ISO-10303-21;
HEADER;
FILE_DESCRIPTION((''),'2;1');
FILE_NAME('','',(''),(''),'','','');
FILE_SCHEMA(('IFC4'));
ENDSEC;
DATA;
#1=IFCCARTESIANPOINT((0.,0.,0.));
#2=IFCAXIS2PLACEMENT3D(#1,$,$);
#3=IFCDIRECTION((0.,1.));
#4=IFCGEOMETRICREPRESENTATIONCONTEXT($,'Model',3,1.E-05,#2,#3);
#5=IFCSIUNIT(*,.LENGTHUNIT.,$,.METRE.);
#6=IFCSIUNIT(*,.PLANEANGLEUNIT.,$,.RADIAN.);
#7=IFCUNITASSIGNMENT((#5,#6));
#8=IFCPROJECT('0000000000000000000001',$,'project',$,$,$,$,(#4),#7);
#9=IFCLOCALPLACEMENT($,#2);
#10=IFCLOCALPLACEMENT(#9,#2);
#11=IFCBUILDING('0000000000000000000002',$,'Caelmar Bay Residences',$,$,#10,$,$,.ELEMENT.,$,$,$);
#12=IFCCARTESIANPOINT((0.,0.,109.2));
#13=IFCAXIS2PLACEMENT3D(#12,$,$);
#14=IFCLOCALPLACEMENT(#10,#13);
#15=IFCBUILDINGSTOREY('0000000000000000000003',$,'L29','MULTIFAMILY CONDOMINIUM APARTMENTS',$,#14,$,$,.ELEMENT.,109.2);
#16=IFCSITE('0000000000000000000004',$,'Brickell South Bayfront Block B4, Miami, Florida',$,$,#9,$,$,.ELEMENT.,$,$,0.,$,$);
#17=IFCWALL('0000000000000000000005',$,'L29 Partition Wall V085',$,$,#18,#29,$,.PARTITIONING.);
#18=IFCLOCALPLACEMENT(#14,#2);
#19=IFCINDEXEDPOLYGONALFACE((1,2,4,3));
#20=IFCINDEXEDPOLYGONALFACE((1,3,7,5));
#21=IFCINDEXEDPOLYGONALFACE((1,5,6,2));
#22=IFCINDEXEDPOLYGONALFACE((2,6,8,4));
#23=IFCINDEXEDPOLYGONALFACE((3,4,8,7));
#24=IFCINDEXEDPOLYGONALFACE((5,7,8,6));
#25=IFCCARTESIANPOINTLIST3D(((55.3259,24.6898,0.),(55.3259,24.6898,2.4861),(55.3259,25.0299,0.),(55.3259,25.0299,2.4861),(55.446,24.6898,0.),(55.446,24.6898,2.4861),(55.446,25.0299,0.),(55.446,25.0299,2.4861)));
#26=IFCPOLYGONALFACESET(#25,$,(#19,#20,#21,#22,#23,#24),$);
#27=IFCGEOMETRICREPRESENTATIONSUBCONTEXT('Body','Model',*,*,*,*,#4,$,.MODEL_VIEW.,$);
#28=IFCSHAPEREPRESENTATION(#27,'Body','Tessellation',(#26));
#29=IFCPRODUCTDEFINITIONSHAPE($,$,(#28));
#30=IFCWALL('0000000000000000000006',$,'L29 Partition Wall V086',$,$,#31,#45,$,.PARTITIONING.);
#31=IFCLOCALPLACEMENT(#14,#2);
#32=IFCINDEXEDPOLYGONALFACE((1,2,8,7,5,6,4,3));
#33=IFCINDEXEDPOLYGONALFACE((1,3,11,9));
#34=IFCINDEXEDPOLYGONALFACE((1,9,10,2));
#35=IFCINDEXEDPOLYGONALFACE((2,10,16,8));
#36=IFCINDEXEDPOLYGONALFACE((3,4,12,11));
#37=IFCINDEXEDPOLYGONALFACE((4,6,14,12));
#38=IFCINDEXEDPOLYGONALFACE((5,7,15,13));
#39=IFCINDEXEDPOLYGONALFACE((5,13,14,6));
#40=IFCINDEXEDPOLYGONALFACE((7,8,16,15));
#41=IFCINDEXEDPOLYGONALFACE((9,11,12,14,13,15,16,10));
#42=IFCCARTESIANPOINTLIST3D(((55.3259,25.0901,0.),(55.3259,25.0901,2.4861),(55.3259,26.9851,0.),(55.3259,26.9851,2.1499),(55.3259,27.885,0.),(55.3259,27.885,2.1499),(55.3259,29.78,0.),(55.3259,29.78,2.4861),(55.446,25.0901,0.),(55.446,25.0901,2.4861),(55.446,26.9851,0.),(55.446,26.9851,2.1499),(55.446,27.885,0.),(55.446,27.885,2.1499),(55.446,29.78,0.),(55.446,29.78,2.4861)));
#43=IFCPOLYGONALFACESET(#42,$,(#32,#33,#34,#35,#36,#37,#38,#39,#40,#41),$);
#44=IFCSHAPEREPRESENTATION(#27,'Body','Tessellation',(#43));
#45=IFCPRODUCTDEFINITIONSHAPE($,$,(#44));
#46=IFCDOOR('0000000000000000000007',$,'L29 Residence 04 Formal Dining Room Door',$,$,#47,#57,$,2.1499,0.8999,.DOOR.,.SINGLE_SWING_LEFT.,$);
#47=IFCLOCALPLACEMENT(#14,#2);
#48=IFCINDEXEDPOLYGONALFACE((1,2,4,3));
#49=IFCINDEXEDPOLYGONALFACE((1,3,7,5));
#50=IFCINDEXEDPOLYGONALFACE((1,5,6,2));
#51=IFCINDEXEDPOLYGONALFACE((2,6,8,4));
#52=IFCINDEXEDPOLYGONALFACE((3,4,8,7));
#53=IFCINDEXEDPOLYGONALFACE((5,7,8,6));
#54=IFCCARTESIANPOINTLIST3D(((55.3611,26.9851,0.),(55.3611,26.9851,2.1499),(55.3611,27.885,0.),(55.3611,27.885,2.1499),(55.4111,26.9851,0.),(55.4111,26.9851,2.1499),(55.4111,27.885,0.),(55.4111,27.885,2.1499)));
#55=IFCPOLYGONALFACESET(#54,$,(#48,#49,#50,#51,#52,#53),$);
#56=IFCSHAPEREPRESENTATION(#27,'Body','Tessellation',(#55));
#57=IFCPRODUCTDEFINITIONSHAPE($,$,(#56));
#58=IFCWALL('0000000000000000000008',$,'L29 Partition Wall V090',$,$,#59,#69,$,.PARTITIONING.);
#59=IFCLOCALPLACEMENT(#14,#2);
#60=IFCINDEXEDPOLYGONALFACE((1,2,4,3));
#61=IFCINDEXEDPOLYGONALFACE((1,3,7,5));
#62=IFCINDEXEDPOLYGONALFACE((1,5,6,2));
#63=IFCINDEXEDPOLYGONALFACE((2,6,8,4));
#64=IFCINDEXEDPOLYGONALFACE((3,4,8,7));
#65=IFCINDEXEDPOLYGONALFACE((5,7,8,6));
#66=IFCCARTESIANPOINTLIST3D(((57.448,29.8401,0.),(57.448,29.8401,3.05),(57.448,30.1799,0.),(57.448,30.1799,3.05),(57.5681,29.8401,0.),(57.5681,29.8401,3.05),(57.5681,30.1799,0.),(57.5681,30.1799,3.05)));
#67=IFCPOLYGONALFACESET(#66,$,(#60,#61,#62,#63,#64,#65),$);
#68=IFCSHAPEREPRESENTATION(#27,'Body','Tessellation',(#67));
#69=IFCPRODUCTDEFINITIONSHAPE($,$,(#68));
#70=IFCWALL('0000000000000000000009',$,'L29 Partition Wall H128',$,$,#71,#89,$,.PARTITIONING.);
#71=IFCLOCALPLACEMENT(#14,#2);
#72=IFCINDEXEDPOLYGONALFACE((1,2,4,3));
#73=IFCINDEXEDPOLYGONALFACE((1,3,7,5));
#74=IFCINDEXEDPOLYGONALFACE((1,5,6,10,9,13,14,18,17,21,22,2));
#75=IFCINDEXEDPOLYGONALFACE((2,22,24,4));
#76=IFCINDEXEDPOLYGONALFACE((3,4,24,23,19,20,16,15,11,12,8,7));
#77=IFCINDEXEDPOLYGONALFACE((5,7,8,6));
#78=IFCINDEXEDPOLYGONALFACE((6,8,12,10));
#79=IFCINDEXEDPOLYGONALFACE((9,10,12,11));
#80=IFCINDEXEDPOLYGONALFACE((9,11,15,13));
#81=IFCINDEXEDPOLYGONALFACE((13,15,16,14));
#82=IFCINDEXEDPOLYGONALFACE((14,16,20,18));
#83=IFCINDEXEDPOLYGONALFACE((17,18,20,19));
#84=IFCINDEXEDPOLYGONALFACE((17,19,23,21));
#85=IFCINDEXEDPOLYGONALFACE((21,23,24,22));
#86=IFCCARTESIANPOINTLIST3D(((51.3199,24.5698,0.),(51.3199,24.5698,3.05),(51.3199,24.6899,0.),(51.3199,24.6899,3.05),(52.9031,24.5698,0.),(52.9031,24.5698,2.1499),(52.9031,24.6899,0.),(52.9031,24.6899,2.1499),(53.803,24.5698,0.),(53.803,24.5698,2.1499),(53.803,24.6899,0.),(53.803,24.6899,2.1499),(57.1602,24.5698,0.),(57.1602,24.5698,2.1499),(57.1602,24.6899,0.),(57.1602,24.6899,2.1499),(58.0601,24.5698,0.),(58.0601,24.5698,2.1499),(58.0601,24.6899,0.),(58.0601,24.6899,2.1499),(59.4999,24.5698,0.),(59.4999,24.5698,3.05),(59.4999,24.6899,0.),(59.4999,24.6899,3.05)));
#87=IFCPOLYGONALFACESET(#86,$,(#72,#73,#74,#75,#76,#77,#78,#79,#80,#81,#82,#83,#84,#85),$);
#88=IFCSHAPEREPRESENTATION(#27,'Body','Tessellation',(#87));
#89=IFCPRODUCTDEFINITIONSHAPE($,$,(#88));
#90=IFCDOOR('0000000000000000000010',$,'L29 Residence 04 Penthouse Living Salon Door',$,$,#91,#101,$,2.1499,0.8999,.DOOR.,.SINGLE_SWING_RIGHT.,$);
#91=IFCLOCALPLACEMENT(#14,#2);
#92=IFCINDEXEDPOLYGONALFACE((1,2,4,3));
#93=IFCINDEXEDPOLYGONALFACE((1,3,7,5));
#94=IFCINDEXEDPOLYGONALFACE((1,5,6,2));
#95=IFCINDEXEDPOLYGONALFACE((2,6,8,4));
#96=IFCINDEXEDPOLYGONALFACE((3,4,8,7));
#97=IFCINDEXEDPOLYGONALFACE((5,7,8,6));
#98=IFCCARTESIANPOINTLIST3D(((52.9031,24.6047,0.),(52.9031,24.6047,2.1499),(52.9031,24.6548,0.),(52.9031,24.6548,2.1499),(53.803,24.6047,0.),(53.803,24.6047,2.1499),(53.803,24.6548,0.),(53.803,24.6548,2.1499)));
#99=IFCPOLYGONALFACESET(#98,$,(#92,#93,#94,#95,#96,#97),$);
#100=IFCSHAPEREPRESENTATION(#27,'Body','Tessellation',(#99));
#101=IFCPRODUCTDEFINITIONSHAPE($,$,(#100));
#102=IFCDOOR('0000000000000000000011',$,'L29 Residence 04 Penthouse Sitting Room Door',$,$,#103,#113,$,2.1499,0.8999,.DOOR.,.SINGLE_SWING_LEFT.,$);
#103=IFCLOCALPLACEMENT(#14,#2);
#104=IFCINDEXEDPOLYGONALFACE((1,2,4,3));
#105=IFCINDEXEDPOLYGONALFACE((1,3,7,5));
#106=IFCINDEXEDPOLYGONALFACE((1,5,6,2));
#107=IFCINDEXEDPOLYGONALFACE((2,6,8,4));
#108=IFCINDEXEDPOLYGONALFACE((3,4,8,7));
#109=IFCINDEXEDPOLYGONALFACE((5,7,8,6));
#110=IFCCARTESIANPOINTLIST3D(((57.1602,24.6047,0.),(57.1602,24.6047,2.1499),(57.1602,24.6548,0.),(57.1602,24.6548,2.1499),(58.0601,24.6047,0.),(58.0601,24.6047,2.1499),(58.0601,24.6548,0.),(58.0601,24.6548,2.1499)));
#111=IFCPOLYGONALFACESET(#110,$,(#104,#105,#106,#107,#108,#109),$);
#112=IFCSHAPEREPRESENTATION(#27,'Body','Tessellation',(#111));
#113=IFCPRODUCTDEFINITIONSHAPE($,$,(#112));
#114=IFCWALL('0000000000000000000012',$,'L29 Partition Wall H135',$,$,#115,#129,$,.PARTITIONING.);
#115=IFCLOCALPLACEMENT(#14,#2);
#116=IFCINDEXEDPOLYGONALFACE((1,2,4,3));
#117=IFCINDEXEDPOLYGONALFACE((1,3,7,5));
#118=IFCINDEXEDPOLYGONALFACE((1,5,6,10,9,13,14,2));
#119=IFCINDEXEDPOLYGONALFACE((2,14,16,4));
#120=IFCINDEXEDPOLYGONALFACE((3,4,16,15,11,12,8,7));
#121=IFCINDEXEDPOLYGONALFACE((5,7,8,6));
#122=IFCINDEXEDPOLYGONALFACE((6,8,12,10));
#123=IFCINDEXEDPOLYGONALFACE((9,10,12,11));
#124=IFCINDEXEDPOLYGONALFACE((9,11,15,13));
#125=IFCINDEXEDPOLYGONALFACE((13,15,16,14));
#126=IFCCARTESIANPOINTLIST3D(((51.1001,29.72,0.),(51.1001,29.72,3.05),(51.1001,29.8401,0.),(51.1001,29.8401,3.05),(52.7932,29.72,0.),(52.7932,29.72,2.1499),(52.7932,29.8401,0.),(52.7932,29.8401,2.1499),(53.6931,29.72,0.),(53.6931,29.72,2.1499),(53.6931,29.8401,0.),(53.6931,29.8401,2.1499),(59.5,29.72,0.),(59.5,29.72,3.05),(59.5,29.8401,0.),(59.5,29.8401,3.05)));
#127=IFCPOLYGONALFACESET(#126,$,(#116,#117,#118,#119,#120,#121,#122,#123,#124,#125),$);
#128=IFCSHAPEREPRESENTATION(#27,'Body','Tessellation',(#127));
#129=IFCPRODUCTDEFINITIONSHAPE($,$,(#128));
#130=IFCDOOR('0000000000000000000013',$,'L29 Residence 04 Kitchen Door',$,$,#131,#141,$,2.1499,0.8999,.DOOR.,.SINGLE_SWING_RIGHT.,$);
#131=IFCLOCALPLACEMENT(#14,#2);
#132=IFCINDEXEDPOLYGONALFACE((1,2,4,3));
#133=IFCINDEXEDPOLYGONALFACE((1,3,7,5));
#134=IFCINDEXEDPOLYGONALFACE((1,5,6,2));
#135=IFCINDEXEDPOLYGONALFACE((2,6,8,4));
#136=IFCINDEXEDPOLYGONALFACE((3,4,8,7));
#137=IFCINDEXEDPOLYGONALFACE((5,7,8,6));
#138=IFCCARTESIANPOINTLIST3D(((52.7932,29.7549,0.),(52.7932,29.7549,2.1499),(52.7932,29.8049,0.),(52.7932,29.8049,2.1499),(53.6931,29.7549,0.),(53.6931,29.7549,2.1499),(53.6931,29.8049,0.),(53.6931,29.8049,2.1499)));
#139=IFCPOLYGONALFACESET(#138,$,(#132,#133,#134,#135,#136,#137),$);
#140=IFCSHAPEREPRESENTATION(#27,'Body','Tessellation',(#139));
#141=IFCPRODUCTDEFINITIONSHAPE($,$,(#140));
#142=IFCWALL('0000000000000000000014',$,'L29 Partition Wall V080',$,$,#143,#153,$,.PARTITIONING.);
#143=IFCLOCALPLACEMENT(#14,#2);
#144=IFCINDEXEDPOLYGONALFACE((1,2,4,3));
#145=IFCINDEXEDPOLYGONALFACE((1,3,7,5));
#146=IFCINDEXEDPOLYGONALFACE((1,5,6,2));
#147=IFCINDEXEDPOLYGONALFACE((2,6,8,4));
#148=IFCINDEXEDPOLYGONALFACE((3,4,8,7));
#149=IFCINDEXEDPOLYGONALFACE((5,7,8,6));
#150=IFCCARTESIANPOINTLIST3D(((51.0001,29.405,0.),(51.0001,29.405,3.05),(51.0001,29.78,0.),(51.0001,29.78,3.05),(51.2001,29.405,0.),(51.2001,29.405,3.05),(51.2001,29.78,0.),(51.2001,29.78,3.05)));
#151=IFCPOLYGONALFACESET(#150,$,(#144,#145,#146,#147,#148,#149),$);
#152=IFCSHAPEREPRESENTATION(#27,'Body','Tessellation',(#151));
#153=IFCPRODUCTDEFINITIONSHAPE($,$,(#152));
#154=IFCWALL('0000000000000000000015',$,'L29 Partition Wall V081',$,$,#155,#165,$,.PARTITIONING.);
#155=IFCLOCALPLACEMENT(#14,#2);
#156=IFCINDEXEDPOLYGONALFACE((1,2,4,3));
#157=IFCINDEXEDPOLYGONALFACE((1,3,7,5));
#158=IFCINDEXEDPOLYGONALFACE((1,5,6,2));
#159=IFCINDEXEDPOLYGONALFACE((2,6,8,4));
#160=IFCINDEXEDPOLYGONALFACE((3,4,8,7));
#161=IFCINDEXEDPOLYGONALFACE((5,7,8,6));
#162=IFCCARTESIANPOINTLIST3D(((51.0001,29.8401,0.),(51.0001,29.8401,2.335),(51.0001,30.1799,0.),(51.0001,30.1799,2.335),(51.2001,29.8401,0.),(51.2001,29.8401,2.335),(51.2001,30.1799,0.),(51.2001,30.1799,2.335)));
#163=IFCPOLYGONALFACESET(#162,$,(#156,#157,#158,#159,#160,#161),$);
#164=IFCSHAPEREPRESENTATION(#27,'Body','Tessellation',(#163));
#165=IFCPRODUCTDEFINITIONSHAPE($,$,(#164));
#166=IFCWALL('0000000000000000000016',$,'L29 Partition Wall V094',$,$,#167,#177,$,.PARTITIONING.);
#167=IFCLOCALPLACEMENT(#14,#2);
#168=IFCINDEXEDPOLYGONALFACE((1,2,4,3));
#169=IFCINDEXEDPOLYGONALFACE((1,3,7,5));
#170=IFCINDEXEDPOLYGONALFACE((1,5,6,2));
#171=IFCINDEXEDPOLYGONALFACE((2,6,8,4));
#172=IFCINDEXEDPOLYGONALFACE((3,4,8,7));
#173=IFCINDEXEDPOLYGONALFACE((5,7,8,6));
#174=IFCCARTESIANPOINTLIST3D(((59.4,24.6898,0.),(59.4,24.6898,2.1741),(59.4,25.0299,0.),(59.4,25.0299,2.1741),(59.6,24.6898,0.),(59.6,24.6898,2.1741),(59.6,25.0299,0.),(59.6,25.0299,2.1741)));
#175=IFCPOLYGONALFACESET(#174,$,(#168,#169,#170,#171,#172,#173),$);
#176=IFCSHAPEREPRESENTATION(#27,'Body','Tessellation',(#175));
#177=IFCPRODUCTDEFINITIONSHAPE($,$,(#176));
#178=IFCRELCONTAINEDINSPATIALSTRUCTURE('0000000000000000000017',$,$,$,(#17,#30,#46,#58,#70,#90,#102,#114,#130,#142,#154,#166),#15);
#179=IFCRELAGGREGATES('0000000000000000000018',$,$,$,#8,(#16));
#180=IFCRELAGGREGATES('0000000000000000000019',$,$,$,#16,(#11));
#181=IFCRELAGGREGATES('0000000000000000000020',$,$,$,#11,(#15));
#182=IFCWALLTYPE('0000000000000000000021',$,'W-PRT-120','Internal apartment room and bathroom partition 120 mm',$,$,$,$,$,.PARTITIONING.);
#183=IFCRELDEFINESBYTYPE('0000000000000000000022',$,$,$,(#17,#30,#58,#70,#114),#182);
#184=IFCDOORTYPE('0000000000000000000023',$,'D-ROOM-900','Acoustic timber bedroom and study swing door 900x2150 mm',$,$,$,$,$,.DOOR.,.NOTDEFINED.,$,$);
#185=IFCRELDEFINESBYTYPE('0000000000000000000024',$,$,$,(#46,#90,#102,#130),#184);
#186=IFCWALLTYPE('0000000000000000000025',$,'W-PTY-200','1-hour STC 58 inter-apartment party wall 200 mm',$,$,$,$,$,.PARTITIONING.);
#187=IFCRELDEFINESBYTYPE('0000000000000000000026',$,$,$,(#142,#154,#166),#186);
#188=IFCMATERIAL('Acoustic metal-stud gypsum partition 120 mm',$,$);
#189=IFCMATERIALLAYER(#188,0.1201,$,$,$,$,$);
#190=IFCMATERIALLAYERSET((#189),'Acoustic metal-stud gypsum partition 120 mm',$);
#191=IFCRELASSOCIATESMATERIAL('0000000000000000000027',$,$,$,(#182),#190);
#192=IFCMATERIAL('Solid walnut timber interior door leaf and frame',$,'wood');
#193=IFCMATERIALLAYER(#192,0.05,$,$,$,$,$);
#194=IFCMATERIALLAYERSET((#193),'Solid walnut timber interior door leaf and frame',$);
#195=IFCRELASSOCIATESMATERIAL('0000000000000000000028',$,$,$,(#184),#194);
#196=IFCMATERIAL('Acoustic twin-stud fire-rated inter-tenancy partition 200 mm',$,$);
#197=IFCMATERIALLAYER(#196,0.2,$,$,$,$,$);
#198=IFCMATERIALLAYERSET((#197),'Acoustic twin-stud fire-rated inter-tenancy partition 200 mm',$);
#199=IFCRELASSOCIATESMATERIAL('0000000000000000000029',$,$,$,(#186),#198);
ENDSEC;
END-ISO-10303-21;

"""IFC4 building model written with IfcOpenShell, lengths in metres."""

from ifc_helpers import new_model, si_unit, direction, frame, frame_2d, origin, place, context, subcontext, project, spatial, rectangle, extrude, material, layer, layer_set, type_object, element, fill, save


model = new_model("IFC4")

# Units and contexts
model_context = context("Model", 3, precision=1e-05, world=origin(), true_north=direction((0.0, 1.0)))
body_context = subcontext(model_context, "Body", "Model", "MODEL_VIEW")
ifc_project = project(units=[si_unit("LENGTHUNIT", "METRE"), si_unit("PLANEANGLEUNIT", "RADIAN")], contexts=[model_context])

# Site, building, storey
site_placement = place(None, origin())
site = spatial("IfcSite", under=ifc_project, at=site_placement, Name="Brickell South Bayfront Block B4, Miami, Florida", CompositionType="ELEMENT", RefElevation=0.0)
building_placement = place(site_placement, origin())
building = spatial("IfcBuilding", under=site, at=building_placement, Name="Caelmar Bay Residences", CompositionType="ELEMENT")
storey_placement = place(building_placement, frame((0.0, 0.0, 109.2)))
storey = spatial("IfcBuildingStorey", under=building, at=storey_placement, Name="L29", Description="MULTIFAMILY CONDOMINIUM APARTMENTS", CompositionType="ELEMENT", Elevation=109.2)

# Wall
ifc_material_1 = material(Name="Acoustic metal-stud gypsum partition 120 mm")
ifc_layer_1 = layer(ifc_material_1, 0.1201)
ifc_layer_set_1 = layer_set([ifc_layer_1], Name="Acoustic metal-stud gypsum partition 120 mm")
wall_type_1 = type_object("IfcWallType", Name="W-PRT-120", Description="Internal apartment room and bathroom partition 120 mm", PredefinedType="PARTITIONING", material=ifc_layer_set_1)
wall_1_placement = place(storey_placement, frame((55.386, 24.6899, 0.0), z_axis=(0.0, 0.0, 1.0), x_axis=(0.0, 1.0, 0.0)))
element("IfcWall", 1, at=wall_1_placement, inside=storey, type_object=wall_type_1, Name="L29 Partition Wall V085", PredefinedType="PARTITIONING", context=body_context, shape_type="SweptSolid", body=[
    extrude(rectangle(XDim=0.3401, YDim=0.1201, at=frame_2d((0.1699, 0.0))), origin(), (0.0, 0.0, 1.0), 2.4861),
])

# Wall, opening, door
wall_2_placement = place(storey_placement, frame((55.386, 25.0901, 0.0), z_axis=(0.0, 0.0, 1.0), x_axis=(0.0, 1.0, 0.0)))
wall_2 = element("IfcWall", 2, at=wall_2_placement, inside=storey, type_object=wall_type_1, Name="L29 Partition Wall V086", PredefinedType="PARTITIONING", context=body_context, shape_type="SweptSolid", body=[
    extrude(rectangle(XDim=4.6899, YDim=0.1201, at=frame_2d((2.345, 0.0))), origin(), (0.0, 0.0, 1.0), 2.4861),
])
opening_1_placement = place(wall_2_placement, frame((1.895, 0.0, 0.0)))
opening_1 = element("IfcOpeningElement", 3, at=opening_1_placement, cuts=wall_2, PredefinedType="OPENING", context=body_context, shape_type="SweptSolid", body=[
    extrude(rectangle(XDim=0.8999, YDim=2.1499, at=frame_2d((0.45, 1.075))), frame((0.0, 0.0701, 0.0), z_axis=(0.0, -1.0, 0.0), x_axis=(1.0, 0.0, 0.0)), (0.0, 0.0, 1.0), 0.1401),
])
ifc_material_2 = material(Name="Solid walnut timber interior door leaf and frame", Category="wood")
ifc_layer_2 = layer(ifc_material_2, 0.05)
ifc_layer_set_2 = layer_set([ifc_layer_2], Name="Solid walnut timber interior door leaf and frame")
door_type = type_object("IfcDoorType", Name="D-ROOM-900", Description="Acoustic timber bedroom and study swing door 900x2150 mm", OperationType="NOTDEFINED", PredefinedType="DOOR", material=ifc_layer_set_2)
door_1_placement = place(opening_1_placement, origin())
door_1 = element("IfcDoor", 4, at=door_1_placement, inside=storey, type_object=door_type, Name="L29 Residence 04 Formal Dining Room Door", OperationType="SINGLE_SWING_LEFT", OverallHeight=2.1499, OverallWidth=0.8999, PredefinedType="DOOR", context=body_context, shape_type="SweptSolid", body=[
    extrude(rectangle(XDim=0.8999, YDim=2.1499, at=frame_2d((0.45, 1.075))), frame((0.0, 0.0249, 0.0), z_axis=(0.0, -1.0, 0.0), x_axis=(1.0, 0.0, 0.0)), (0.0, 0.0, 1.0), 0.05),
])
fill(opening_1, door_1)

# Wall
wall_3_placement = place(storey_placement, frame((57.5081, 29.8401, 0.0), z_axis=(0.0, 0.0, 1.0), x_axis=(0.0, 1.0, 0.0)))
element("IfcWall", 5, at=wall_3_placement, inside=storey, type_object=wall_type_1, Name="L29 Partition Wall V090", PredefinedType="PARTITIONING", context=body_context, shape_type="SweptSolid", body=[
    extrude(rectangle(XDim=0.3398, YDim=0.1201, at=frame_2d((0.1699, 0.0))), origin(), (0.0, 0.0, 1.0), 3.05),
])

# Wall, openings, doors
wall_4_placement = place(storey_placement, frame((51.3201, 24.6299, 0.0), z_axis=(0.0, 0.0, 1.0), x_axis=(1.0, 0.0, 0.0)))
wall_4 = element("IfcWall", 6, at=wall_4_placement, inside=storey, type_object=wall_type_1, Name="L29 Partition Wall H128", PredefinedType="PARTITIONING", context=body_context, shape_type="SweptSolid", body=[
    extrude(rectangle(XDim=8.1799, YDim=0.1201, at=frame_2d((4.0898, 0.0))), origin(), (0.0, 0.0, 1.0), 3.05),
])
opening_2_placement = place(wall_4_placement, frame((1.583, 0.0, 0.0)))
opening_2 = element("IfcOpeningElement", 7, at=opening_2_placement, cuts=wall_4, PredefinedType="OPENING", context=body_context, shape_type="SweptSolid", body=[
    extrude(rectangle(XDim=0.8999, YDim=2.1499, at=frame_2d((0.45, 1.075))), frame((0.0, 0.0701, 0.0), z_axis=(0.0, -1.0, 0.0), x_axis=(1.0, 0.0, 0.0)), (0.0, 0.0, 1.0), 0.1401),
])
opening_3_placement = place(wall_4_placement, frame((5.8401, 0.0, 0.0)))
opening_3 = element("IfcOpeningElement", 8, at=opening_3_placement, cuts=wall_4, PredefinedType="OPENING", context=body_context, shape_type="SweptSolid", body=[
    extrude(rectangle(XDim=0.8999, YDim=2.1499, at=frame_2d((0.45, 1.075))), frame((0.0, 0.0701, 0.0), z_axis=(0.0, -1.0, 0.0), x_axis=(1.0, 0.0, 0.0)), (0.0, 0.0, 1.0), 0.1401),
])
door_2_placement = place(opening_2_placement, origin())
door_2 = element("IfcDoor", 9, at=door_2_placement, inside=storey, type_object=door_type, Name="L29 Residence 04 Penthouse Living Salon Door", OperationType="SINGLE_SWING_RIGHT", OverallHeight=2.1499, OverallWidth=0.8999, PredefinedType="DOOR", context=body_context, shape_type="SweptSolid", body=[
    extrude(rectangle(XDim=0.8999, YDim=2.1499, at=frame_2d((0.45, 1.075))), frame((0.0, 0.0249, 0.0), z_axis=(0.0, -1.0, 0.0), x_axis=(1.0, 0.0, 0.0)), (0.0, 0.0, 1.0), 0.05),
])
fill(opening_2, door_2)
door_3_placement = place(opening_3_placement, origin())
door_3 = element("IfcDoor", 10, at=door_3_placement, inside=storey, type_object=door_type, Name="L29 Residence 04 Penthouse Sitting Room Door", OperationType="SINGLE_SWING_LEFT", OverallHeight=2.1499, OverallWidth=0.8999, PredefinedType="DOOR", context=body_context, shape_type="SweptSolid", body=[
    extrude(rectangle(XDim=0.8999, YDim=2.1499, at=frame_2d((0.45, 1.075))), frame((0.0, 0.0249, 0.0), z_axis=(0.0, -1.0, 0.0), x_axis=(1.0, 0.0, 0.0)), (0.0, 0.0, 1.0), 0.05),
])
fill(opening_3, door_3)

# Wall, opening, door
wall_5_placement = place(storey_placement, frame((51.1001, 29.78, 0.0), z_axis=(0.0, 0.0, 1.0), x_axis=(1.0, 0.0, 0.0)))
wall_5 = element("IfcWall", 11, at=wall_5_placement, inside=storey, type_object=wall_type_1, Name="L29 Partition Wall H135", PredefinedType="PARTITIONING", context=body_context, shape_type="SweptSolid", body=[
    extrude(rectangle(XDim=8.3999, YDim=0.1201, at=frame_2d((4.2, 0.0))), origin(), (0.0, 0.0, 1.0), 3.05),
])
opening_4_placement = place(wall_5_placement, frame((1.6931, 0.0, 0.0)))
opening_4 = element("IfcOpeningElement", 12, at=opening_4_placement, cuts=wall_5, PredefinedType="OPENING", context=body_context, shape_type="SweptSolid", body=[
    extrude(rectangle(XDim=0.8999, YDim=2.1499, at=frame_2d((0.45, 1.075))), frame((0.0, 0.0701, 0.0), z_axis=(0.0, -1.0, 0.0), x_axis=(1.0, 0.0, 0.0)), (0.0, 0.0, 1.0), 0.1401),
])
door_4_placement = place(opening_4_placement, origin())
door_4 = element("IfcDoor", 13, at=door_4_placement, inside=storey, type_object=door_type, Name="L29 Residence 04 Kitchen Door", OperationType="SINGLE_SWING_RIGHT", OverallHeight=2.1499, OverallWidth=0.8999, PredefinedType="DOOR", context=body_context, shape_type="SweptSolid", body=[
    extrude(rectangle(XDim=0.8999, YDim=2.1499, at=frame_2d((0.45, 1.075))), frame((0.0, 0.0249, 0.0), z_axis=(0.0, -1.0, 0.0), x_axis=(1.0, 0.0, 0.0)), (0.0, 0.0, 1.0), 0.05),
])
fill(opening_4, door_4)

# Walls
ifc_material_3 = material(Name="Acoustic twin-stud fire-rated inter-tenancy partition 200 mm")
ifc_layer_3 = layer(ifc_material_3, 0.2)
ifc_layer_set_3 = layer_set([ifc_layer_3], Name="Acoustic twin-stud fire-rated inter-tenancy partition 200 mm")
wall_type_2 = type_object("IfcWallType", Name="W-PTY-200", Description="1-hour STC 58 inter-apartment party wall 200 mm", PredefinedType="PARTITIONING", material=ifc_layer_set_3)
wall_6_placement = place(storey_placement, frame((51.1001, 29.405, 0.0), z_axis=(0.0, 0.0, 1.0), x_axis=(0.0, 1.0, 0.0)))
element("IfcWall", 14, at=wall_6_placement, inside=storey, type_object=wall_type_2, Name="L29 Partition Wall V080", PredefinedType="PARTITIONING", context=body_context, shape_type="SweptSolid", body=[
    extrude(rectangle(XDim=0.375, YDim=0.2, at=frame_2d((0.1875, 0.0))), origin(), (0.0, 0.0, 1.0), 3.05),
])
wall_7_placement = place(storey_placement, frame((51.1001, 29.8401, 0.0), z_axis=(0.0, 0.0, 1.0), x_axis=(0.0, 1.0, 0.0)))
element("IfcWall", 15, at=wall_7_placement, inside=storey, type_object=wall_type_2, Name="L29 Partition Wall V081", PredefinedType="PARTITIONING", context=body_context, shape_type="SweptSolid", body=[
    extrude(rectangle(XDim=0.3398, YDim=0.2, at=frame_2d((0.1699, 0.0))), origin(), (0.0, 0.0, 1.0), 2.335),
])
wall_8_placement = place(storey_placement, frame((59.5, 24.6899, 0.0), z_axis=(0.0, 0.0, 1.0), x_axis=(0.0, 1.0, 0.0)))
element("IfcWall", 16, at=wall_8_placement, inside=storey, type_object=wall_type_2, Name="L29 Partition Wall V094", PredefinedType="PARTITIONING", context=body_context, shape_type="SweptSolid", body=[
    extrude(rectangle(XDim=0.3401, YDim=0.2, at=frame_2d((0.1699, 0.0))), origin(), (0.0, 0.0, 1.0), 2.1741),
])

save(model, "model.ifc")
